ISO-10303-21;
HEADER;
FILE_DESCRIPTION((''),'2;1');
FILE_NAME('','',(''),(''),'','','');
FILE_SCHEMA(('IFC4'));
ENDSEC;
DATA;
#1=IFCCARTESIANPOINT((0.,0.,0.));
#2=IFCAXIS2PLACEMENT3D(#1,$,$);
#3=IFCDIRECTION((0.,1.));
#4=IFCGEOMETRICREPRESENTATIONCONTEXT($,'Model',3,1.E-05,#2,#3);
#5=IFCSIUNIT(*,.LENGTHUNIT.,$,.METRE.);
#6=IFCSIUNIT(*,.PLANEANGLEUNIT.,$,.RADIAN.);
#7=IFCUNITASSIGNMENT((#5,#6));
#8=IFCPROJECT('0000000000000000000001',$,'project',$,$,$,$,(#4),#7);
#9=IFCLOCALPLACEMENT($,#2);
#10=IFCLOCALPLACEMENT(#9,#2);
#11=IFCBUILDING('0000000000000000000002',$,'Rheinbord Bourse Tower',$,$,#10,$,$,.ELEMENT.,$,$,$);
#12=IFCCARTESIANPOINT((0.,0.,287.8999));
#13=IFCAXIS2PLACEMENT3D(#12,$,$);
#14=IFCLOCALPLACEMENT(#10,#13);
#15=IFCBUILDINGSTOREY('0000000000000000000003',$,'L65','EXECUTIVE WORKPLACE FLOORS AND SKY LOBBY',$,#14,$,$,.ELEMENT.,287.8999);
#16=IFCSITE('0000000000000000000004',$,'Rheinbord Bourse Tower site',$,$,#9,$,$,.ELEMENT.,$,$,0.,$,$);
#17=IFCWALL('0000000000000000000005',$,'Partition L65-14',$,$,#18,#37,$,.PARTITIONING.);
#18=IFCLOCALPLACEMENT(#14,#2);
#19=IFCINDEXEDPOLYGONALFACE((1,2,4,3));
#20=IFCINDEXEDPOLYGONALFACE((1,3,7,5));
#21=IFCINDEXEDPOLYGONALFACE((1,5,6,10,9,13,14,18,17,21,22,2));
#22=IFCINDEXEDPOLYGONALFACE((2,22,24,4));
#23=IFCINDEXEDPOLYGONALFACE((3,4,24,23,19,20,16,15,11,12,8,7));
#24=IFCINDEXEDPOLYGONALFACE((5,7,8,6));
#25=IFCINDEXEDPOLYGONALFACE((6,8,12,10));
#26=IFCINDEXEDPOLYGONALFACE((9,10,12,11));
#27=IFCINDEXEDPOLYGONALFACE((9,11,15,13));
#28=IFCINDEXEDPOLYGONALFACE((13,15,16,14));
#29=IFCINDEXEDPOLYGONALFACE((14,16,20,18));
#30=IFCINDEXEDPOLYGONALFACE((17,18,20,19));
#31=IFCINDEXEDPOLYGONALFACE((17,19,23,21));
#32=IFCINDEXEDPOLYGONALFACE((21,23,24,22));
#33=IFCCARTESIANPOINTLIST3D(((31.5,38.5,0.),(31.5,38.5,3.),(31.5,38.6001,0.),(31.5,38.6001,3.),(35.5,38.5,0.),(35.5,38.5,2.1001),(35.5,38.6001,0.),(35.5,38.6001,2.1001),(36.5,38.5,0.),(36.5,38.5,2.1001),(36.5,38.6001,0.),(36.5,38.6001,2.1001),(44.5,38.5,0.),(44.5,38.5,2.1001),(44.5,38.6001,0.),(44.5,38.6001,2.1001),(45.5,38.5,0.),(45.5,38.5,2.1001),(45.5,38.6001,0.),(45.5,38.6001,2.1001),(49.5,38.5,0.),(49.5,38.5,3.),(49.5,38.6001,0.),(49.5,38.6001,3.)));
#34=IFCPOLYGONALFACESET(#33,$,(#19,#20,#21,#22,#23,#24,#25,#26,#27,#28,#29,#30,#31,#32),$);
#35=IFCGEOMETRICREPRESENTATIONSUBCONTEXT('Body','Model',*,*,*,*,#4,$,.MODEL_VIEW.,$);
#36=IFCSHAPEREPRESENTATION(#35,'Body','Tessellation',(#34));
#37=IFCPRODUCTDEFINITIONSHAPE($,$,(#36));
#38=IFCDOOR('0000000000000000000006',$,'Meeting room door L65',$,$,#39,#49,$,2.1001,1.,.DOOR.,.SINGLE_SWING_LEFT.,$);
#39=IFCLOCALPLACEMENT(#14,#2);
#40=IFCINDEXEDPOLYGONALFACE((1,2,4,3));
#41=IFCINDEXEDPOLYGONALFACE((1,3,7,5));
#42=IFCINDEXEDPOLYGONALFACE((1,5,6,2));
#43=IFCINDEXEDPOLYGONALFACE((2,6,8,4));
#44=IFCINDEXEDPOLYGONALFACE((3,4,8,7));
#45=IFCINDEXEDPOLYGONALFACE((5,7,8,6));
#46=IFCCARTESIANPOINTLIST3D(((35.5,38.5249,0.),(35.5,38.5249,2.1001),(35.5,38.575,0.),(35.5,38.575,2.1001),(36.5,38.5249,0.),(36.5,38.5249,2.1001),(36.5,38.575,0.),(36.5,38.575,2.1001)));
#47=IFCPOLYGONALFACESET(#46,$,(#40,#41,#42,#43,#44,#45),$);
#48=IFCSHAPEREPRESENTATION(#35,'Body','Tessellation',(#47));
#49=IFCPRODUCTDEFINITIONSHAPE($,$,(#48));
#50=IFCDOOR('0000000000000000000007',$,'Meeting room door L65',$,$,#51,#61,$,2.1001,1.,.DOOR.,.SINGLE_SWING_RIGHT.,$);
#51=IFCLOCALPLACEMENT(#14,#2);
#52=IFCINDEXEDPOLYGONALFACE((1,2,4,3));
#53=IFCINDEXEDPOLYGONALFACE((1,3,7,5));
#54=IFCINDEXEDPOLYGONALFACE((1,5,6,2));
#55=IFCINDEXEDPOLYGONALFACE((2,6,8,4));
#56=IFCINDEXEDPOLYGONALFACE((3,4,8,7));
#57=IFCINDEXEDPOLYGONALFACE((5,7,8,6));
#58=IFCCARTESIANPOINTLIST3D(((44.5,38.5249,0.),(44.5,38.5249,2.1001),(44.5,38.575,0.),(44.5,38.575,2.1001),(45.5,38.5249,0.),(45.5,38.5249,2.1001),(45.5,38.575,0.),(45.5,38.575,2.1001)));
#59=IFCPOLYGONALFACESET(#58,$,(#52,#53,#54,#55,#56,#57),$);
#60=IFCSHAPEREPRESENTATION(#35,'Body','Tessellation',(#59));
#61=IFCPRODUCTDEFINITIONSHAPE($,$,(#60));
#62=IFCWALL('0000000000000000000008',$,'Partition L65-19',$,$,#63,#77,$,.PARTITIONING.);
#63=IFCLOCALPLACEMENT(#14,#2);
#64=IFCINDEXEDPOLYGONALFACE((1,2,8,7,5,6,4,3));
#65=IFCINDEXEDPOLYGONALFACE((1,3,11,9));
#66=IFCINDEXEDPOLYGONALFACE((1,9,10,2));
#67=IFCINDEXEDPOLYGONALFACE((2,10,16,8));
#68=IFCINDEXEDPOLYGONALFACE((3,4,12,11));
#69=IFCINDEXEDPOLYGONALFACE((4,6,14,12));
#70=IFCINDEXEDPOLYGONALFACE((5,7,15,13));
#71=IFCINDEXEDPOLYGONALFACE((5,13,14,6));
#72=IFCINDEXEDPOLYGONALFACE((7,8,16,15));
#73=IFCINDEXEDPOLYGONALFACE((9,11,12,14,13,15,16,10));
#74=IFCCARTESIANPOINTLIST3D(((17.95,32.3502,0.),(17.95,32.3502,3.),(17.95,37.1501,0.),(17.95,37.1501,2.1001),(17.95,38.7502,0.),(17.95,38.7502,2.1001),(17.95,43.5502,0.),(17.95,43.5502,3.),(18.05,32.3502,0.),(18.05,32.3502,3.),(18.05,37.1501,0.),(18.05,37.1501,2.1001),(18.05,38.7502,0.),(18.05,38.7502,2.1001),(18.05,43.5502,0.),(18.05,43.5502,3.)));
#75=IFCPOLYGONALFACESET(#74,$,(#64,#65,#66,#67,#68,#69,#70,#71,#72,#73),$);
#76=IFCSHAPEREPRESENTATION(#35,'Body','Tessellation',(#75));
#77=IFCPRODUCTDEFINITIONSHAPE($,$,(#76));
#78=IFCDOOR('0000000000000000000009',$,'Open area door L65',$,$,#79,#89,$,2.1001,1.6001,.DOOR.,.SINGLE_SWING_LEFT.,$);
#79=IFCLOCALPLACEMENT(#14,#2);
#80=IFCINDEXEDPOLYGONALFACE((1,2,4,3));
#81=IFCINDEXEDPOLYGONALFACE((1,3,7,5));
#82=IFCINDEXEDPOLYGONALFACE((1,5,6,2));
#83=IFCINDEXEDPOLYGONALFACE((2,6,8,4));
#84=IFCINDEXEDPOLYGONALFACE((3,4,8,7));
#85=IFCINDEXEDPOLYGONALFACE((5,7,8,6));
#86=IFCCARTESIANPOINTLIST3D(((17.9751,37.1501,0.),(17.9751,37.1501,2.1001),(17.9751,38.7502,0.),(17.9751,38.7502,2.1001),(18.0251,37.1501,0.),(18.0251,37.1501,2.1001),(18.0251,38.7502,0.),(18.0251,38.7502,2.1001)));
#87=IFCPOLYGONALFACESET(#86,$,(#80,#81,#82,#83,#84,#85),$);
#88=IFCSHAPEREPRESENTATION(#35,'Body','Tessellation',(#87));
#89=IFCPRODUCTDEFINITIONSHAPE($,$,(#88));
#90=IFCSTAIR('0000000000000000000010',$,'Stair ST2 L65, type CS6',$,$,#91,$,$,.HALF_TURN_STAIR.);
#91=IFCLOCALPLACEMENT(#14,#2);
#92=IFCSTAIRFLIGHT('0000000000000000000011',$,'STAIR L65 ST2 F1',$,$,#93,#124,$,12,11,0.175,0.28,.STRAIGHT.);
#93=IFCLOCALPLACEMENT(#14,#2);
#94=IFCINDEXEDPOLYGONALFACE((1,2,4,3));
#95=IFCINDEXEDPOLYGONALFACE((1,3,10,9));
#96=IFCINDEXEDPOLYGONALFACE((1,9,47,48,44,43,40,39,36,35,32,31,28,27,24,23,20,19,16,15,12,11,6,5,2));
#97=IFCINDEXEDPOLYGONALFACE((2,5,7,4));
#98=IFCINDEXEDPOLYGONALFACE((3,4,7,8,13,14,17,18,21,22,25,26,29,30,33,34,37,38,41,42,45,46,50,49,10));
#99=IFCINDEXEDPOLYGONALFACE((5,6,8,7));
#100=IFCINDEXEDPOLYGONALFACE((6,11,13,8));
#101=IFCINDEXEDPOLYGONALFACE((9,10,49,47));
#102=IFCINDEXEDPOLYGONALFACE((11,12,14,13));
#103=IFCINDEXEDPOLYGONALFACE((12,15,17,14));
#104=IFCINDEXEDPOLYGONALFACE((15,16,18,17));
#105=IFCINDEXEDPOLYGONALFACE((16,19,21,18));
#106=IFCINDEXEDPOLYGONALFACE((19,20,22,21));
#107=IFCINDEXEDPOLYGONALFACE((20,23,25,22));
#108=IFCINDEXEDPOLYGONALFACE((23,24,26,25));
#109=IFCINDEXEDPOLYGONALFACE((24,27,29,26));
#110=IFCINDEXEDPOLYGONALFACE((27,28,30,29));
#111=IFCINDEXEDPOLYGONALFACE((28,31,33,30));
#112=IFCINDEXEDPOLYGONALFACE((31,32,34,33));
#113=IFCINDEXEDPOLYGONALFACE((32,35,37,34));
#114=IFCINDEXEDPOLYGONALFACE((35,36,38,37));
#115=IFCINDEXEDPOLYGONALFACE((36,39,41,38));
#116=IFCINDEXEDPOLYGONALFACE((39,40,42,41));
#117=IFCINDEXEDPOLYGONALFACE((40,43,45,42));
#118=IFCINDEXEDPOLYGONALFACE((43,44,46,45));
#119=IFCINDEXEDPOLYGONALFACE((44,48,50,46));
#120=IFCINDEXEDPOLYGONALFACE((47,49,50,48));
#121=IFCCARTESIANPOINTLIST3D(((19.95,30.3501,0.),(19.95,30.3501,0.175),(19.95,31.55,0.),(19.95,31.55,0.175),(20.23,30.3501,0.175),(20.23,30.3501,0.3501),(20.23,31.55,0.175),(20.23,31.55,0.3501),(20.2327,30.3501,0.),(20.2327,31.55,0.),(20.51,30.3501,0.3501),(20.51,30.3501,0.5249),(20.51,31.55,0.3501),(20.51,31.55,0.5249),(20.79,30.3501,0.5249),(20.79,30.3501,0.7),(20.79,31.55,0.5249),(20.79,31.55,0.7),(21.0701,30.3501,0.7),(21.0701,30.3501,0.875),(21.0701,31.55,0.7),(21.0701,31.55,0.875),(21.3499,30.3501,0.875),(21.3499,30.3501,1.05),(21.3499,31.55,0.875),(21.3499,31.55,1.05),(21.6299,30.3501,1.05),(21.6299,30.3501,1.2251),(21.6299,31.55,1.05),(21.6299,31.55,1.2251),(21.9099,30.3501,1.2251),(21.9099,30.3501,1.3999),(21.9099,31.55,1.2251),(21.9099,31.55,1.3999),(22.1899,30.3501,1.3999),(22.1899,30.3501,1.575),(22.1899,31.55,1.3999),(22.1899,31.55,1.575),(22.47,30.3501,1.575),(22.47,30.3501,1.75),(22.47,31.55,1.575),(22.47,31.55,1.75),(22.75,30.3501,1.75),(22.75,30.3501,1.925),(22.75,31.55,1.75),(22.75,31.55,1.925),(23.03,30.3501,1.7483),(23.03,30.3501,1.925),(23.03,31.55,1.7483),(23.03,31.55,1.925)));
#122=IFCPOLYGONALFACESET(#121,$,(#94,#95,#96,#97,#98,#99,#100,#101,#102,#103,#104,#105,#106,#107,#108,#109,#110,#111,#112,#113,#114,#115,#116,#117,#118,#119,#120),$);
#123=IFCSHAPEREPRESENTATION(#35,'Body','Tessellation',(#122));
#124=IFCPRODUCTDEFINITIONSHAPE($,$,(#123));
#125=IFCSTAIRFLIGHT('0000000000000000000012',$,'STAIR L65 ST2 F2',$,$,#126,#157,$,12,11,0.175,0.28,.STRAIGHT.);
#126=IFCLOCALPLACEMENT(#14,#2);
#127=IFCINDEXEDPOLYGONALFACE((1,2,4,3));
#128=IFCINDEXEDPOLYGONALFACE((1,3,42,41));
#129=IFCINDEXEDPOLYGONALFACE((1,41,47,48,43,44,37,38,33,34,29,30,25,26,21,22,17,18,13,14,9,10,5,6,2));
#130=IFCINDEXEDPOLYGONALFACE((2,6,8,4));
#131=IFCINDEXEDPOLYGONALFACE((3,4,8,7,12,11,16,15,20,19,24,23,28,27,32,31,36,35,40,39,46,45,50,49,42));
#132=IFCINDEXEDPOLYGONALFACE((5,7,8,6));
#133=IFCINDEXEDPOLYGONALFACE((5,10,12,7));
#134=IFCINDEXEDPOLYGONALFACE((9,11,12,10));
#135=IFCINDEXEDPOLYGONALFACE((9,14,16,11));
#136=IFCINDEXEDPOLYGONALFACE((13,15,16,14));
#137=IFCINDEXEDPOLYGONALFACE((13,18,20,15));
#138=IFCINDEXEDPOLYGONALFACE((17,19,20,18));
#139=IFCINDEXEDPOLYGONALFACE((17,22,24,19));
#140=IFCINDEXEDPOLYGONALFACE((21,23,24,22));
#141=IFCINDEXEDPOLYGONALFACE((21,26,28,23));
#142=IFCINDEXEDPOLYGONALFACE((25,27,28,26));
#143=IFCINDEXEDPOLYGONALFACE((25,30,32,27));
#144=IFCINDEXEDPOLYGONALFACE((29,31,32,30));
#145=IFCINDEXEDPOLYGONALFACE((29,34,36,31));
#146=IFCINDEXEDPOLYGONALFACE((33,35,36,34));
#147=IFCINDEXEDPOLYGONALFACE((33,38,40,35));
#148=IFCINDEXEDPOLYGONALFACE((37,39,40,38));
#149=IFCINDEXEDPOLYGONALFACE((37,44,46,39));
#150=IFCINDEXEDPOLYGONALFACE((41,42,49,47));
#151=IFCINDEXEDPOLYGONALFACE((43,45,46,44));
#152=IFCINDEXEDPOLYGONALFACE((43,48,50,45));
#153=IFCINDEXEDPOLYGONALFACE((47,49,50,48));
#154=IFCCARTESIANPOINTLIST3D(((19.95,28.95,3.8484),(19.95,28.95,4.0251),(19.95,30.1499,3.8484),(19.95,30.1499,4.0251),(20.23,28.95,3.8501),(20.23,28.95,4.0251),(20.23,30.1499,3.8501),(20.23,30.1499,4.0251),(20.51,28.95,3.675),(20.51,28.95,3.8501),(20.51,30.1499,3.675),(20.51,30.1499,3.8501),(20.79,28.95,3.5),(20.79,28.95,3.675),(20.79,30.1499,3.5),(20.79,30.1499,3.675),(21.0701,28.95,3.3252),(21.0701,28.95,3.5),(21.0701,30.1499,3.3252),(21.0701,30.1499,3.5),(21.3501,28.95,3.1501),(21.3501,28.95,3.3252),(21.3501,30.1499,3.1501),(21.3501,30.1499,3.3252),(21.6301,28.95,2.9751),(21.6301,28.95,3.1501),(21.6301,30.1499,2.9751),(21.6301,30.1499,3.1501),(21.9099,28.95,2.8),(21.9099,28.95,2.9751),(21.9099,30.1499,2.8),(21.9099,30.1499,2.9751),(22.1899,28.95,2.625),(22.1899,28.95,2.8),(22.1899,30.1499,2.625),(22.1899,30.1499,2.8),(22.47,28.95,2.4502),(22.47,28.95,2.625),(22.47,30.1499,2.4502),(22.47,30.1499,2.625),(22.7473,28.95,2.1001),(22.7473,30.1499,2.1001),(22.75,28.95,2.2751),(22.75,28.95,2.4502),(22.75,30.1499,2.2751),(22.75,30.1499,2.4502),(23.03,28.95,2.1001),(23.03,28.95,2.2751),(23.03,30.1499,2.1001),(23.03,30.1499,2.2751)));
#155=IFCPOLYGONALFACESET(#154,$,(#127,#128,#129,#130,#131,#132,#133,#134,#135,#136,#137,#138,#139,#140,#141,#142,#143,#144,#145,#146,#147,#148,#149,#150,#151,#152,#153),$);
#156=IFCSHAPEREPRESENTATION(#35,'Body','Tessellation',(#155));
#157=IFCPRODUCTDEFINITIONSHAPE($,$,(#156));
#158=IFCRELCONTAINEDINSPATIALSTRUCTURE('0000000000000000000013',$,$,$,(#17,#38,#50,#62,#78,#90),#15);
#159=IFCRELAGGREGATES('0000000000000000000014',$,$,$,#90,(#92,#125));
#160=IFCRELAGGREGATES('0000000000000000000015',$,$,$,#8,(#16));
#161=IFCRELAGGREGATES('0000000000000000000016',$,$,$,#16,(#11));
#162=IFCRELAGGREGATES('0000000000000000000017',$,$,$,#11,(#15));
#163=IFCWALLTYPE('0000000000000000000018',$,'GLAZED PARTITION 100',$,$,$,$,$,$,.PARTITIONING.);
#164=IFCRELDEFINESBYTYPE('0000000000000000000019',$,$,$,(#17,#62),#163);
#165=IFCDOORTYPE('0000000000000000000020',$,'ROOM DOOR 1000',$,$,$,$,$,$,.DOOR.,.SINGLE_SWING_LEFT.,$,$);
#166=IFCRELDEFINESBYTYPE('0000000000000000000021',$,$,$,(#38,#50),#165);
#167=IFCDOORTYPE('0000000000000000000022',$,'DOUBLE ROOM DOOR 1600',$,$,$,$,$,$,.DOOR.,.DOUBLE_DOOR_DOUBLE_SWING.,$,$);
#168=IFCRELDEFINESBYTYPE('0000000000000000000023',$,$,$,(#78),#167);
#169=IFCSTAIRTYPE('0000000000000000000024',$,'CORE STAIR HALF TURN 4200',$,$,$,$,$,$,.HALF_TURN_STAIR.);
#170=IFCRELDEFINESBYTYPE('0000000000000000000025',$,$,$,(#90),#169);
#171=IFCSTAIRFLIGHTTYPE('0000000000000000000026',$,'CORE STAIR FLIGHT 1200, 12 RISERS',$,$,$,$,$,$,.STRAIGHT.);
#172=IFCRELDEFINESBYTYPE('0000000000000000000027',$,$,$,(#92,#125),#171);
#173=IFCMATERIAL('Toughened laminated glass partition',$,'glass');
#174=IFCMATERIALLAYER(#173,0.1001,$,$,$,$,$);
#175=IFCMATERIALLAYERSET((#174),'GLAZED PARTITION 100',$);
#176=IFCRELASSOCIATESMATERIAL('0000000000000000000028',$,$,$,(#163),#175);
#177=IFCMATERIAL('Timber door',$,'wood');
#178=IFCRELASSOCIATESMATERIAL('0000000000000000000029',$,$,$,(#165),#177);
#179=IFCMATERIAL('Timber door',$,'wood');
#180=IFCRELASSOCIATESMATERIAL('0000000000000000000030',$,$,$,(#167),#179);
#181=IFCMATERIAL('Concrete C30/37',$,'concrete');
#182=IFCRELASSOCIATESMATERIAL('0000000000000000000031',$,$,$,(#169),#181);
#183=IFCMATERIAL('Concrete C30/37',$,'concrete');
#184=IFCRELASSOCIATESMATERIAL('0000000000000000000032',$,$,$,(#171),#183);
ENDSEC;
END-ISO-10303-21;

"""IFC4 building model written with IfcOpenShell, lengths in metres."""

from ifc_helpers import new_model, si_unit, direction, frame, frame_2d, origin, place, context, subcontext, project, spatial, polyline, rectangle, outline, extrude, material, layer, layer_set, type_object, element, fill, aggregate, save


model = new_model("IFC4")

# Units and contexts
model_context = context("Model", 3, precision=1e-05, world=origin(), true_north=direction((0.0, 1.0)))
body_context = subcontext(model_context, "Body", "Model", "MODEL_VIEW")
ifc_project = project(units=[si_unit("LENGTHUNIT", "METRE"), si_unit("PLANEANGLEUNIT", "RADIAN")], contexts=[model_context])

# Site, building, storey
site_placement = place(None, origin())
site = spatial("IfcSite", under=ifc_project, at=site_placement, Name="Rheinbord Bourse Tower site", CompositionType="ELEMENT", RefElevation=0.0)
building_placement = place(site_placement, origin())
building = spatial("IfcBuilding", under=site, at=building_placement, Name="Rheinbord Bourse Tower", CompositionType="ELEMENT")
storey_placement = place(building_placement, frame((0.0, 0.0, 287.8999)))
storey = spatial("IfcBuildingStorey", under=building, at=storey_placement, Name="L65", Description="EXECUTIVE WORKPLACE FLOORS AND SKY LOBBY", CompositionType="ELEMENT", Elevation=287.8999)

# Wall, openings, doors
ifc_material_1 = material(Name="Toughened laminated glass partition", Category="glass")
ifc_layer_1 = layer(ifc_material_1, 0.1001)
ifc_layer_set_1 = layer_set([ifc_layer_1], Name="GLAZED PARTITION 100")
wall_type_1 = type_object("IfcWallType", Name="GLAZED PARTITION 100", PredefinedType="PARTITIONING", material=ifc_layer_set_1)
wall_1_placement = place(storey_placement, frame((31.5, 38.55, 0.0), z_axis=(0.0, 0.0, 1.0), x_axis=(1.0, 0.0, 0.0)))
wall_1 = element("IfcWall", 1, at=wall_1_placement, inside=storey, type_object=wall_type_1, Name="Partition L65-14", PredefinedType="PARTITIONING", context=body_context, shape_type="SweptSolid", body=[
    extrude(rectangle(XDim=18.0, YDim=0.1001, at=frame_2d((9.0, 0.0))), origin(), (0.0, 0.0, 1.0), 3.0),
])
opening_1_placement = place(wall_1_placement, frame((4.0, 0.0, 0.0)))
opening_1 = element("IfcOpeningElement", 2, at=opening_1_placement, cuts=wall_1, PredefinedType="OPENING", context=body_context, shape_type="SweptSolid", body=[
    extrude(rectangle(XDim=1.0, YDim=2.1001, at=frame_2d((0.5, 1.05))), frame((0.0, 0.0601, 0.0), z_axis=(0.0, -1.0, 0.0), x_axis=(1.0, 0.0, 0.0)), (0.0, 0.0, 1.0), 0.1201),
])
opening_2_placement = place(wall_1_placement, frame((13.0, 0.0, 0.0)))
opening_2 = element("IfcOpeningElement", 3, at=opening_2_placement, cuts=wall_1, PredefinedType="OPENING", context=body_context, shape_type="SweptSolid", body=[
    extrude(rectangle(XDim=1.0, YDim=2.1001, at=frame_2d((0.5, 1.05))), frame((0.0, 0.0601, 0.0), z_axis=(0.0, -1.0, 0.0), x_axis=(1.0, 0.0, 0.0)), (0.0, 0.0, 1.0), 0.1201),
])
ifc_material_2 = material(Name="Timber door", Category="wood")
door_type_1 = type_object("IfcDoorType", Name="ROOM DOOR 1000", OperationType="SINGLE_SWING_LEFT", PredefinedType="DOOR", material=ifc_material_2)
door_1_placement = place(opening_1_placement, origin())
door_1 = element("IfcDoor", 4, at=door_1_placement, inside=storey, type_object=door_type_1, Name="Meeting room door L65", OperationType="SINGLE_SWING_LEFT", OverallHeight=2.1001, OverallWidth=1.0, PredefinedType="DOOR", context=body_context, shape_type="SweptSolid", body=[
    extrude(rectangle(XDim=1.0, YDim=2.1001, at=frame_2d((0.5, 1.05))), frame((0.0, 0.0249, 0.0), z_axis=(0.0, -1.0, 0.0), x_axis=(1.0, 0.0, 0.0)), (0.0, 0.0, 1.0), 0.05),
])
fill(opening_1, door_1)
door_2_placement = place(opening_2_placement, origin())
door_2 = element("IfcDoor", 5, at=door_2_placement, inside=storey, type_object=door_type_1, Name="Meeting room door L65", OperationType="SINGLE_SWING_RIGHT", OverallHeight=2.1001, OverallWidth=1.0, PredefinedType="DOOR", context=body_context, shape_type="SweptSolid", body=[
    extrude(rectangle(XDim=1.0, YDim=2.1001, at=frame_2d((0.5, 1.05))), frame((0.0, 0.0249, 0.0), z_axis=(0.0, -1.0, 0.0), x_axis=(1.0, 0.0, 0.0)), (0.0, 0.0, 1.0), 0.05),
])
fill(opening_2, door_2)

# Wall, opening, door
wall_2_placement = place(storey_placement, frame((18.0, 32.3501, 0.0), z_axis=(0.0, 0.0, 1.0), x_axis=(0.0, 1.0, 0.0)))
wall_2 = element("IfcWall", 6, at=wall_2_placement, inside=storey, type_object=wall_type_1, Name="Partition L65-19", PredefinedType="PARTITIONING", context=body_context, shape_type="SweptSolid", body=[
    extrude(rectangle(XDim=11.2, YDim=0.1001, at=frame_2d((5.6001, 0.0))), origin(), (0.0, 0.0, 1.0), 3.0),
])
opening_3_placement = place(wall_2_placement, frame((4.8, 0.0, 0.0)))
opening_3 = element("IfcOpeningElement", 7, at=opening_3_placement, cuts=wall_2, PredefinedType="OPENING", context=body_context, shape_type="SweptSolid", body=[
    extrude(rectangle(XDim=1.6001, YDim=2.1001, at=frame_2d((0.8, 1.05))), frame((0.0, 0.0601, 0.0), z_axis=(0.0, -1.0, 0.0), x_axis=(1.0, 0.0, 0.0)), (0.0, 0.0, 1.0), 0.1201),
])
ifc_material_3 = material(Name="Timber door", Category="wood")
door_type_2 = type_object("IfcDoorType", Name="DOUBLE ROOM DOOR 1600", OperationType="DOUBLE_DOOR_DOUBLE_SWING", PredefinedType="DOOR", material=ifc_material_3)
door_3_placement = place(opening_3_placement, origin())
door_3 = element("IfcDoor", 8, at=door_3_placement, inside=storey, type_object=door_type_2, Name="Open area door L65", OperationType="SINGLE_SWING_LEFT", OverallHeight=2.1001, OverallWidth=1.6001, PredefinedType="DOOR", context=body_context, shape_type="SweptSolid", body=[
    extrude(rectangle(XDim=1.6001, YDim=2.1001, at=frame_2d((0.8, 1.05))), frame((0.0, 0.0249, 0.0), z_axis=(0.0, -1.0, 0.0), x_axis=(1.0, 0.0, 0.0)), (0.0, 0.0, 1.0), 0.05),
])
fill(opening_3, door_3)

# Stair, stair flights
ifc_material_4 = material(Name="Concrete C30/37", Category="concrete")
stair_type = type_object("IfcStairType", Name="CORE STAIR HALF TURN 4200", PredefinedType="HALF_TURN_STAIR", material=ifc_material_4)
stair_placement = place(storey_placement, origin())
stair = element("IfcStair", 9, at=stair_placement, inside=storey, type_object=stair_type, Name="Stair ST2 L65, type CS6", PredefinedType="HALF_TURN_STAIR")
ifc_material_5 = material(Name="Concrete C30/37", Category="concrete")
stair_flight_type = type_object("IfcStairFlightType", Name="CORE STAIR FLIGHT 1200, 12 RISERS", PredefinedType="STRAIGHT", material=ifc_material_5)
stair_flight_1_placement = place(storey_placement, frame((19.95, 30.95, 0.0), z_axis=(0.0, 0.0, 1.0), x_axis=(1.0, 0.0, 0.0)))
stair_flight_1 = element("IfcStairFlight", 10, at=stair_flight_1_placement, type_object=stair_flight_type, Name="STAIR L65 ST2 F1", NumberOfRisers=12, NumberOfTreads=11, PredefinedType="STRAIGHT", RiserHeight=0.175, TreadLength=0.28, context=body_context, shape_type="SweptSolid", body=[
    extrude(outline(polyline([(0.0, 0.0), (0.0, 0.175), (0.28, 0.175), (0.28, 0.3501), (0.5601, 0.3501), (0.5601, 0.5249), (0.8401, 0.5249), (0.8401, 0.7), (1.1201, 0.7), (1.1201, 0.875), (1.3999, 0.875), (1.3999, 1.05), (1.6799, 1.05), (1.6799, 1.2251), (1.96, 1.2251), (1.96, 1.3999), (2.24, 1.3999), (2.24, 1.575), (2.52, 1.575), (2.52, 1.75), (2.8, 1.75), (2.8, 1.925), (3.0801, 1.925), (3.0801, 2.1001), (3.0801, 1.7483), (0.2827, 0.0), (0.0, 0.0)])), frame((0.0, 0.6001, 0.0), z_axis=(0.0, -1.0, 0.0), x_axis=(1.0, 0.0, 0.0)), (0.0, 0.0, 1.0), 1.2),
])
stair_flight_2_placement = place(storey_placement, frame((23.03, 29.55, 2.1001), z_axis=(0.0, 0.0, 1.0), x_axis=(-1.0, 0.0, 0.0)))
stair_flight_2 = element("IfcStairFlight", 11, at=stair_flight_2_placement, type_object=stair_flight_type, Name="STAIR L65 ST2 F2", NumberOfRisers=12, NumberOfTreads=11, PredefinedType="STRAIGHT", RiserHeight=0.175, TreadLength=0.28, context=body_context, shape_type="SweptSolid", body=[
    extrude(outline(polyline([(0.0, 0.0), (0.0, 0.175), (0.28, 0.175), (0.28, 0.3501), (0.5601, 0.3501), (0.5601, 0.5249), (0.8401, 0.5249), (0.8401, 0.7), (1.1201, 0.7), (1.1201, 0.875), (1.3999, 0.875), (1.3999, 1.05), (1.6799, 1.05), (1.6799, 1.2251), (1.96, 1.2251), (1.96, 1.3999), (2.24, 1.3999), (2.24, 1.575), (2.52, 1.575), (2.52, 1.75), (2.8, 1.75), (2.8, 1.925), (3.0801, 1.925), (3.0801, 2.1001), (3.0801, 1.7483), (0.2827, 0.0), (0.0, 0.0)])), frame((0.0, 0.6001, 0.0), z_axis=(0.0, -1.0, 0.0), x_axis=(1.0, 0.0, 0.0)), (0.0, 0.0, 1.0), 1.2),
])
aggregate(stair, [stair_flight_1, stair_flight_2])

save(model, "model.ifc")
